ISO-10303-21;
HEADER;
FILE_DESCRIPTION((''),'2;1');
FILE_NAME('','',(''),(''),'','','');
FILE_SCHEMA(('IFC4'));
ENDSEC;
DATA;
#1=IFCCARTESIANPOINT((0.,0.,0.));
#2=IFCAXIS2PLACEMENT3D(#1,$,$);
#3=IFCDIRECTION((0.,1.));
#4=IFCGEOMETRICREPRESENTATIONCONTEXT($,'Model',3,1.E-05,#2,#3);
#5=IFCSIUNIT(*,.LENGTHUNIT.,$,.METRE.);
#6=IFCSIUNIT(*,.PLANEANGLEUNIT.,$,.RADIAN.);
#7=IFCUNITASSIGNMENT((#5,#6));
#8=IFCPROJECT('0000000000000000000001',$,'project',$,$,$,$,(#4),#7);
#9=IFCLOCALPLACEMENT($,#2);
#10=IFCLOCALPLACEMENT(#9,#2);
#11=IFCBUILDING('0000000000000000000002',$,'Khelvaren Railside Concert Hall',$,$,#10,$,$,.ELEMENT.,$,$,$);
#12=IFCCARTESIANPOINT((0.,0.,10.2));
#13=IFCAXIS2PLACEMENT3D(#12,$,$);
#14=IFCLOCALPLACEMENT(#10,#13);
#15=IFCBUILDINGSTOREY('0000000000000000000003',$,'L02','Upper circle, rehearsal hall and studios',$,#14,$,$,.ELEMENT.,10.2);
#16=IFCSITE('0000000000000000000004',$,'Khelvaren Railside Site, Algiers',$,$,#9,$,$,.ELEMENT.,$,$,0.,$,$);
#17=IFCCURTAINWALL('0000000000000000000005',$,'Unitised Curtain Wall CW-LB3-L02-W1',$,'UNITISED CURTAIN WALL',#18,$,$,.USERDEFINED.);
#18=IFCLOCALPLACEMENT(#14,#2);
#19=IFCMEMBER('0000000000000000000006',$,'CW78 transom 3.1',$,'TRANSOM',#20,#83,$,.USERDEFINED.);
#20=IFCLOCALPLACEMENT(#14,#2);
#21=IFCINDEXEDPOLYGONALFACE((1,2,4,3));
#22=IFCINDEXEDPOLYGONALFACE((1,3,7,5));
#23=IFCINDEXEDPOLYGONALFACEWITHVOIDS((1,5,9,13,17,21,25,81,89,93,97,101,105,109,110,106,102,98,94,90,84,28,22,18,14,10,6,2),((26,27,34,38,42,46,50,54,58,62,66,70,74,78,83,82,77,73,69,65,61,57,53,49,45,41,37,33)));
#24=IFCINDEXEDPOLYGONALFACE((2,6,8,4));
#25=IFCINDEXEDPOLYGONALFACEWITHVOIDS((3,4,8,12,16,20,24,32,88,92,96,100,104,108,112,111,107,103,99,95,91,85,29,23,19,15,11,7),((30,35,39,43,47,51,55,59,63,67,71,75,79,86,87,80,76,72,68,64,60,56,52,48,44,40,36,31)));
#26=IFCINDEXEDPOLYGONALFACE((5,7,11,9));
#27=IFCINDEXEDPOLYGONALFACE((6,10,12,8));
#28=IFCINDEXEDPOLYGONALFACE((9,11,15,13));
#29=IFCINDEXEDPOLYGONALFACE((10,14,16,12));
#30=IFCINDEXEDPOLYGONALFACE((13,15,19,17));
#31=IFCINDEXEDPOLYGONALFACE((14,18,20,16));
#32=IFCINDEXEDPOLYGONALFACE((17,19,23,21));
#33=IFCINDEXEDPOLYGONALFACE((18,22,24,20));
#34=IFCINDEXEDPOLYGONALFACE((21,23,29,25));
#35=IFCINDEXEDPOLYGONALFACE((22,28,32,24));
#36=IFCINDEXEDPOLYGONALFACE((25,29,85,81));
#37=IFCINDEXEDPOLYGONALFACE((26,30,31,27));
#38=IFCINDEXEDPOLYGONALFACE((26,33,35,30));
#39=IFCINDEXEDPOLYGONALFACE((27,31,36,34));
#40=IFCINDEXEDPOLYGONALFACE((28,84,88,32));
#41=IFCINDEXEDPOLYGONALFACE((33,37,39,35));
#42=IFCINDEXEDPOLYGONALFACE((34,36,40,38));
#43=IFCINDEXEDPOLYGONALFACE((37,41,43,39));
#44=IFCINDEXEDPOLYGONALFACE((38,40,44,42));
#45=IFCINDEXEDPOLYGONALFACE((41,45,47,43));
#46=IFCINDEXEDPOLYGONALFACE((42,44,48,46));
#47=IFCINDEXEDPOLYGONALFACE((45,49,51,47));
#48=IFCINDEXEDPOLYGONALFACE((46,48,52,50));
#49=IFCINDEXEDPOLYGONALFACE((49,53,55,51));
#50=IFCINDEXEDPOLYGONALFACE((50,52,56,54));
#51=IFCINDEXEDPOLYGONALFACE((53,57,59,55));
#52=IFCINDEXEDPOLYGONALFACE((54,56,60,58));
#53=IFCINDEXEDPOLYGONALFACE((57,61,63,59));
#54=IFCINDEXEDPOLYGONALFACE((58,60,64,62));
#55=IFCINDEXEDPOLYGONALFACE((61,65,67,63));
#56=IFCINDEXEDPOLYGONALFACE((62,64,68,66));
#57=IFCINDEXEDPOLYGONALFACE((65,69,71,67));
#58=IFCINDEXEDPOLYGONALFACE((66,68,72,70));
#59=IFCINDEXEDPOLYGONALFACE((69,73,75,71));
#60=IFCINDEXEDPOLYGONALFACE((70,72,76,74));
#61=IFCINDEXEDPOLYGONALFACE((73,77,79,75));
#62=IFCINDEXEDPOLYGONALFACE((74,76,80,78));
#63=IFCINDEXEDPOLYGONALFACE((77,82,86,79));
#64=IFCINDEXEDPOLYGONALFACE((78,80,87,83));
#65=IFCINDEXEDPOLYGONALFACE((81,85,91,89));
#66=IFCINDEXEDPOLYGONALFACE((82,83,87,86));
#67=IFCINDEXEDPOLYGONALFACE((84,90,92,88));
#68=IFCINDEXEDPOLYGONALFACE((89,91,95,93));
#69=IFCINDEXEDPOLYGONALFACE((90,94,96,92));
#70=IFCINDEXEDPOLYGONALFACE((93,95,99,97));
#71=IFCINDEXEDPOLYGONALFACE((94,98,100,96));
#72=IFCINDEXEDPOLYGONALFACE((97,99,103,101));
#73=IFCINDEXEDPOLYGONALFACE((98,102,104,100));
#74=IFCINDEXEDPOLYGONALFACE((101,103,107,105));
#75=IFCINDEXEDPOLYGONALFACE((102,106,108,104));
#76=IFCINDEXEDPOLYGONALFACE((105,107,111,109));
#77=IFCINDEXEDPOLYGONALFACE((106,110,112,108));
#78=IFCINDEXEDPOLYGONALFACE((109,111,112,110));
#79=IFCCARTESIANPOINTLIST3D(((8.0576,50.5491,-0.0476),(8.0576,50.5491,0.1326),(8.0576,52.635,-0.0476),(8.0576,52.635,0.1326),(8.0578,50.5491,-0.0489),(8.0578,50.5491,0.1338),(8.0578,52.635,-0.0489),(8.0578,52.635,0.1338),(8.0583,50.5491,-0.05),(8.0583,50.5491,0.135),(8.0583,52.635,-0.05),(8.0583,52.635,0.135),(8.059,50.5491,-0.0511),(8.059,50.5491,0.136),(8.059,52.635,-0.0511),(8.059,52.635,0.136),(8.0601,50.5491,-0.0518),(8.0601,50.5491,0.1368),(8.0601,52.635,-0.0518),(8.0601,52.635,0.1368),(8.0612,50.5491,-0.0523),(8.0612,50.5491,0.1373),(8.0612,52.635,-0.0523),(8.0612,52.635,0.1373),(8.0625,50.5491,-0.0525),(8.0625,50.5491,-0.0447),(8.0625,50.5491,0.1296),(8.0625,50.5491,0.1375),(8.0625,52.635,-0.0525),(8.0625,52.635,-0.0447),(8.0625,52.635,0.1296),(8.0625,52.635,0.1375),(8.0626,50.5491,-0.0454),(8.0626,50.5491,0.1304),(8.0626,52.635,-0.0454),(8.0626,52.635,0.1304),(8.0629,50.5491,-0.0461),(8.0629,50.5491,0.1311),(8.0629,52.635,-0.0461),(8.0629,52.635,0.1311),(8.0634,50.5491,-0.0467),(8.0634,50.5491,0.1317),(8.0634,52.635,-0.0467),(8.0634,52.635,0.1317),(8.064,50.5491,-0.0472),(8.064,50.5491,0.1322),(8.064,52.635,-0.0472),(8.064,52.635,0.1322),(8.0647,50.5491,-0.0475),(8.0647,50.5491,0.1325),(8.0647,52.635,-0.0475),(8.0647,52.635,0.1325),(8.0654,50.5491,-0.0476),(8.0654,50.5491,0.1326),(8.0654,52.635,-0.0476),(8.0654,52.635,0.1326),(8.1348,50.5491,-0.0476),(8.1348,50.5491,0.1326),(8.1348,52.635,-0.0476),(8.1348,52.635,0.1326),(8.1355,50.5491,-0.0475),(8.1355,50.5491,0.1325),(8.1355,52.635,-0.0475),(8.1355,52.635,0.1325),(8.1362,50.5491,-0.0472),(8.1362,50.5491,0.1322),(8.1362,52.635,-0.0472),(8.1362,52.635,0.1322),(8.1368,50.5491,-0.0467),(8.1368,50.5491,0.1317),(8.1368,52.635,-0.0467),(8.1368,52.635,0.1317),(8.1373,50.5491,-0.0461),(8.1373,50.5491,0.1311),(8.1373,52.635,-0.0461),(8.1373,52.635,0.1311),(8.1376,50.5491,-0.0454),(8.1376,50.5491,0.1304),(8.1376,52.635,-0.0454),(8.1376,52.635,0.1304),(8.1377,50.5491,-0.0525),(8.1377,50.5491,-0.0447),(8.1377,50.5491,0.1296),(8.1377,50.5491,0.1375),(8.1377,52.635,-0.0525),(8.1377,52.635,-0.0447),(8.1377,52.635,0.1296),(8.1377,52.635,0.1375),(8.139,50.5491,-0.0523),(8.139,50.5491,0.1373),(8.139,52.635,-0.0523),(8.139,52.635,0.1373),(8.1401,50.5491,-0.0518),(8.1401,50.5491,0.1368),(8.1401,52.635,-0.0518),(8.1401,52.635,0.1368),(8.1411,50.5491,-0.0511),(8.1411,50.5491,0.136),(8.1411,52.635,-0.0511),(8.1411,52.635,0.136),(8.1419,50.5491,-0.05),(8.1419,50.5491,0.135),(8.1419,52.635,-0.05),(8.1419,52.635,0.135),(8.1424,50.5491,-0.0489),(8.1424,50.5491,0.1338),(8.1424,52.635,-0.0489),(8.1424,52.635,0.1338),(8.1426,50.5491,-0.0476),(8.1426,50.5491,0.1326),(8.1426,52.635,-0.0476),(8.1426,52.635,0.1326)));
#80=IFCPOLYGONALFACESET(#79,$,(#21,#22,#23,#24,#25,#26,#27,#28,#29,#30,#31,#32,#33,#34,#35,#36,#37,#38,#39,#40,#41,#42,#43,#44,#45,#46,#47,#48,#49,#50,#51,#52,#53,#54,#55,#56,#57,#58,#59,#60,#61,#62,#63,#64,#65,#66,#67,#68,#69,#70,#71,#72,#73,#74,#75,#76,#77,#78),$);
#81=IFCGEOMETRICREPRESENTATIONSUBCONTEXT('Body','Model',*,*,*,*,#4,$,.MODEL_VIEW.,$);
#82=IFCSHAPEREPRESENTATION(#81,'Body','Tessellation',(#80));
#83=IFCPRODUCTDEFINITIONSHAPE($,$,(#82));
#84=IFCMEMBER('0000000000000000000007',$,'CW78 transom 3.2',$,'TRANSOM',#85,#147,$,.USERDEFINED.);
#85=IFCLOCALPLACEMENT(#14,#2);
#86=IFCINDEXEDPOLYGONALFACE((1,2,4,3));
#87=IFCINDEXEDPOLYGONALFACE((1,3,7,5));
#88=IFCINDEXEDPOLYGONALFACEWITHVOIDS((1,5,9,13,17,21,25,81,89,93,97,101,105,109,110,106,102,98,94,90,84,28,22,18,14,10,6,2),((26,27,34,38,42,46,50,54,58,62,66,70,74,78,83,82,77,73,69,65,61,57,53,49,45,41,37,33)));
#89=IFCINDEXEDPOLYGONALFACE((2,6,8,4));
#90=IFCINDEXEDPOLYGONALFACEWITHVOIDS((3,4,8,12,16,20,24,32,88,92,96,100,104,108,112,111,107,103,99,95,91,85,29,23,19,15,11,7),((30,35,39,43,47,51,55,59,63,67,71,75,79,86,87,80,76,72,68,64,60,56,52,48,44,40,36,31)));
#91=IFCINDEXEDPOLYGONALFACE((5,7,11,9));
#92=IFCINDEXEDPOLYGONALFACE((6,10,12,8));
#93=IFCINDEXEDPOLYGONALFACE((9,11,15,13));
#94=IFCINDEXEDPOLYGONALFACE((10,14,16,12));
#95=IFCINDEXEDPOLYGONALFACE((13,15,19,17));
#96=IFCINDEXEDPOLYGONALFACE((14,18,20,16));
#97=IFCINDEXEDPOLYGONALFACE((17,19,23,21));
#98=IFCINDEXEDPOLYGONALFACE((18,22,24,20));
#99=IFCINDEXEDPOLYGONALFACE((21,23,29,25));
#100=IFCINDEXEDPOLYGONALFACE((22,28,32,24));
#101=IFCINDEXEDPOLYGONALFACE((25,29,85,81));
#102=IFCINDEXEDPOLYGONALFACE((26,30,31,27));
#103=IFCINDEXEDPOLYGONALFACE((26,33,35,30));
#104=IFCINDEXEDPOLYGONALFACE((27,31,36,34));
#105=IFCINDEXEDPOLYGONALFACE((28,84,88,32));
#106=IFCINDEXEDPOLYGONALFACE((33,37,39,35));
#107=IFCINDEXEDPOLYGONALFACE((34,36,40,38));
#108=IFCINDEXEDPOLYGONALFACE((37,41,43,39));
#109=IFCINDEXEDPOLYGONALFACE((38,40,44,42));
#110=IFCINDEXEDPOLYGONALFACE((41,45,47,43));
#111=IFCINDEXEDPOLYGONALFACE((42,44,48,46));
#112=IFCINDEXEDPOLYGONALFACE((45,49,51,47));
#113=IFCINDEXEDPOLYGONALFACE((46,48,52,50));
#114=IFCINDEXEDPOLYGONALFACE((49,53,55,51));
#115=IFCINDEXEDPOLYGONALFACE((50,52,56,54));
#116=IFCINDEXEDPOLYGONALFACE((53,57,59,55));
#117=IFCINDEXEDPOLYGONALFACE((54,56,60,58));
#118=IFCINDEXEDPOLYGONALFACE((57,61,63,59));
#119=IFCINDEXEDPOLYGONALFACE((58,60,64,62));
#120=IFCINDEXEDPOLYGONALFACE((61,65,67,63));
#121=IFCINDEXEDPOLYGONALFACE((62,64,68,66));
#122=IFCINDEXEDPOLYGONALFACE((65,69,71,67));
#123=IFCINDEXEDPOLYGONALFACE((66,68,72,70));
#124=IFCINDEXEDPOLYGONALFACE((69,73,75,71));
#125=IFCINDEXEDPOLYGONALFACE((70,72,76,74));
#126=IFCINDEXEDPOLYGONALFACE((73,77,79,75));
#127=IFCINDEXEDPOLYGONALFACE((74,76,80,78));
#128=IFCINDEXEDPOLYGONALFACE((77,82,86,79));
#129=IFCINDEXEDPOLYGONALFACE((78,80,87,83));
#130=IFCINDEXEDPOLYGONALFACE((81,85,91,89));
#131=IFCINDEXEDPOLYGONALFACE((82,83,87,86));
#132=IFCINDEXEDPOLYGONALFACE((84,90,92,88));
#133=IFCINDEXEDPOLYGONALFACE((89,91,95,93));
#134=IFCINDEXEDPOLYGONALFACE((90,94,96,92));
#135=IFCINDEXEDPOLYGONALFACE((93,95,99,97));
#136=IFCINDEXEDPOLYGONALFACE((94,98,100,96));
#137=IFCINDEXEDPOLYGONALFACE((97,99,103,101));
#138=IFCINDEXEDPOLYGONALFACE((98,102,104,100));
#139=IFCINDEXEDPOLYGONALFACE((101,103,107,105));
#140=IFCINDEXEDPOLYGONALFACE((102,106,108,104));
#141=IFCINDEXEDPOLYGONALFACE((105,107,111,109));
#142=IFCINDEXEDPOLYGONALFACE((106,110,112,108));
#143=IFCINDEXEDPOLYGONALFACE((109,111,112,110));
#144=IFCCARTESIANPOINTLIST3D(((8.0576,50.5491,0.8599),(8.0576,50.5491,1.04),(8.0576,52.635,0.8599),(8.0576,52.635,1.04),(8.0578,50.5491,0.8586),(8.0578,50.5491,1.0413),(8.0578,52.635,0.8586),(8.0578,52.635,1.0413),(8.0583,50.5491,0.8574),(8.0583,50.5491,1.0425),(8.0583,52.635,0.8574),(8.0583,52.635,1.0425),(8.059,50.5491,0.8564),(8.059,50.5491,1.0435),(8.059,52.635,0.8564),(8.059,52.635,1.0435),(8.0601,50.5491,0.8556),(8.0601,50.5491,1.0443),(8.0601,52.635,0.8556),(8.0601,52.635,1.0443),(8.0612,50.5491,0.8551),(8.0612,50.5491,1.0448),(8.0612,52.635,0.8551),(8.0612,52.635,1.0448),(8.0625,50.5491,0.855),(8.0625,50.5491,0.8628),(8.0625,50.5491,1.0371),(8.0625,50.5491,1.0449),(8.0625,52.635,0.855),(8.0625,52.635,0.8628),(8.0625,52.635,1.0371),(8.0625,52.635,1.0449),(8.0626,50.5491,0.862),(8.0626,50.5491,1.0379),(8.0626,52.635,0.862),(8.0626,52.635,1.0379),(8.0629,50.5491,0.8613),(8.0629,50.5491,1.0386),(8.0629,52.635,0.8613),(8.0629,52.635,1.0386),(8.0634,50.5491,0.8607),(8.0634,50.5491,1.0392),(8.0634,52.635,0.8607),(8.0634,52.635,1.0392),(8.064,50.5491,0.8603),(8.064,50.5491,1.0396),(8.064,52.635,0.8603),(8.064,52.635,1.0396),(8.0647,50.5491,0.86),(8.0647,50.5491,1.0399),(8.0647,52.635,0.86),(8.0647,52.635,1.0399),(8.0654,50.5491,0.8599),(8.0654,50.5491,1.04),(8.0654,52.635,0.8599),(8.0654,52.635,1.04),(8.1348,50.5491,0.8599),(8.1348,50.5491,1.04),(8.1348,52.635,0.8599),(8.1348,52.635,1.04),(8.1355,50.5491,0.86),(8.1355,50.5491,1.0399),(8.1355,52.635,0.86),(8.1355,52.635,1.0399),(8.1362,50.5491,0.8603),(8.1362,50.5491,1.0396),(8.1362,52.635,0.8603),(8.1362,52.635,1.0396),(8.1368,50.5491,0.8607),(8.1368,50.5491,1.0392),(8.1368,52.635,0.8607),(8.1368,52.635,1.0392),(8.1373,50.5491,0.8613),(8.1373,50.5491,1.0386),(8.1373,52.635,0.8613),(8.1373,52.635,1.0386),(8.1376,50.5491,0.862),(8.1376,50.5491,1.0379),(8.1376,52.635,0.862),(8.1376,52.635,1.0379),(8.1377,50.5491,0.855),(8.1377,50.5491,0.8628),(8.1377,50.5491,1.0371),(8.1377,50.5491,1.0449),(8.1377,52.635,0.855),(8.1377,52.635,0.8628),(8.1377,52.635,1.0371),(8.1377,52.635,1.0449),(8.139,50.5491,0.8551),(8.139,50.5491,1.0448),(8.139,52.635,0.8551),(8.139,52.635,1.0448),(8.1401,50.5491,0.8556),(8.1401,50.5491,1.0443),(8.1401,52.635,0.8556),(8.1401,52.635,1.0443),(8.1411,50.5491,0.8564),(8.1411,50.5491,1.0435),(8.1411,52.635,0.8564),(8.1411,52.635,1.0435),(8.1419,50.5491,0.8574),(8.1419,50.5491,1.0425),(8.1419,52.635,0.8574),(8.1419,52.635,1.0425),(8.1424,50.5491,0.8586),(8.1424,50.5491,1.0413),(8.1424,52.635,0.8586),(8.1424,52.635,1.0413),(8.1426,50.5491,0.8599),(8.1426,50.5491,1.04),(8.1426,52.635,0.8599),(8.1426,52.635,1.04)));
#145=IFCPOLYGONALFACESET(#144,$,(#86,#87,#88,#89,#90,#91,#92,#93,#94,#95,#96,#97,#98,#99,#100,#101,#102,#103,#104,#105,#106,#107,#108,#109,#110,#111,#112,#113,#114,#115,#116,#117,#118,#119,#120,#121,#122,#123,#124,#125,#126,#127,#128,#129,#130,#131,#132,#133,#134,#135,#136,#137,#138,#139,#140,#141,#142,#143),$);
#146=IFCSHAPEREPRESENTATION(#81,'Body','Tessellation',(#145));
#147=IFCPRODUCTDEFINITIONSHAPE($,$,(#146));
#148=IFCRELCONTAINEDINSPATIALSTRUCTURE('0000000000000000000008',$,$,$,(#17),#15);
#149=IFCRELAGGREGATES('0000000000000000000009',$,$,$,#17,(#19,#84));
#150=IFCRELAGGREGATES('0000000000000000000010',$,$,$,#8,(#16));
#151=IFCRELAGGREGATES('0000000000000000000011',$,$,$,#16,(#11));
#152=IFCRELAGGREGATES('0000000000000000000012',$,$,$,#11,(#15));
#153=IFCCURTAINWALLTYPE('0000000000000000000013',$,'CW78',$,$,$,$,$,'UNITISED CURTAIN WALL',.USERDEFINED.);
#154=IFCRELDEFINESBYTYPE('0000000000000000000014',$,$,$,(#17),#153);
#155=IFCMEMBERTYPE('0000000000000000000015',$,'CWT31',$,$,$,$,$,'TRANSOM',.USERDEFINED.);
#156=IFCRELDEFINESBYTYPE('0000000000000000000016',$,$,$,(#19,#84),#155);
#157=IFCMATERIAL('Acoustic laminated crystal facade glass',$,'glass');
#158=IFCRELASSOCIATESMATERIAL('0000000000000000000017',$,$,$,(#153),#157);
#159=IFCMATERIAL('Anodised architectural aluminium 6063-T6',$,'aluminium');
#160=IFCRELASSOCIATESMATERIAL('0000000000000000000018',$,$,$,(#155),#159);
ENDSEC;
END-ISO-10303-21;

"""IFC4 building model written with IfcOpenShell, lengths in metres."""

from ifc_helpers import new_model, si_unit, direction, frame, origin, origin_2d, place, context, subcontext, project, spatial, hollow_rectangle, extrude, material, material_profile, profile_set, type_object, element, aggregate, save


model = new_model("IFC4")

# Units and contexts
model_context = context("Model", 3, precision=1e-05, world=origin(), true_north=direction((0.0, 1.0)))
body_context = subcontext(model_context, "Body", "Model", "MODEL_VIEW")
ifc_project = project(units=[si_unit("LENGTHUNIT", "METRE"), si_unit("PLANEANGLEUNIT", "RADIAN")], contexts=[model_context])

# Site, building, storey
site_placement = place(None, origin())
site = spatial("IfcSite", under=ifc_project, at=site_placement, Name="Khelvaren Railside Site, Algiers", CompositionType="ELEMENT", RefElevation=0.0)
building_placement = place(site_placement, origin())
building = spatial("IfcBuilding", under=site, at=building_placement, Name="Khelvaren Railside Concert Hall", CompositionType="ELEMENT")
storey_placement = place(building_placement, frame((0.0, 0.0, 10.2)))
storey = spatial("IfcBuildingStorey", under=building, at=storey_placement, Name="L02", Description="Upper circle, rehearsal hall and studios", CompositionType="ELEMENT", Elevation=10.2)

# Curtain wall
ifc_material_1 = material(Name="Acoustic laminated crystal facade glass", Category="glass")
curtain_wall_type = type_object("IfcCurtainWallType", Name="CW78", ElementType="UNITISED CURTAIN WALL", PredefinedType="USERDEFINED", material=ifc_material_1)
curtain_wall_1_placement = place(storey_placement, origin())
curtain_wall_1 = element("IfcCurtainWall", 1, at=curtain_wall_1_placement, inside=storey, type_object=curtain_wall_type, Name="Unitised Curtain Wall CW-LB3-L02-W1", ObjectType="UNITISED CURTAIN WALL", PredefinedType="USERDEFINED")
ifc_material_2 = material(Name="Anodised architectural aluminium 6063-T6", Category="aluminium")

# Members
ifc_material_profile_1 = material_profile(ifc_material_2, hollow_rectangle(XDim=0.085, YDim=0.1899, WallThickness=0.0049, InnerFilletRadius=0.0029, OuterFilletRadius=0.0049, at=origin_2d()), Name="CWT 85x190x5")
ifc_profile_set_1 = profile_set([ifc_material_profile_1], Name="Anodised architectural aluminium 6063-T6")
member_type_1 = type_object("IfcMemberType", Name="CWT31", ElementType="TRANSOM", PredefinedType="USERDEFINED", material=ifc_profile_set_1)
member_1_placement = place(storey_placement, frame((8.1001, 50.5491, 0.0425), z_axis=(0.0, 1.0, 0.0), x_axis=(-1.0, 0.0, 0.0)))
member_1 = element("IfcMember", 2, at=member_1_placement, type_object=member_type_1, Name="CW78 transom 3.1", ObjectType="TRANSOM", PredefinedType="USERDEFINED", context=body_context, shape_type="SweptSolid", body=[
    extrude(hollow_rectangle(XDim=0.085, YDim=0.1899, WallThickness=0.0049, InnerFilletRadius=0.0029, OuterFilletRadius=0.0049, at=origin_2d()), origin(), (0.0, 0.0, 1.0), 2.0859),
])
member_2_placement = place(storey_placement, frame((8.1001, 50.5491, 0.95), z_axis=(0.0, 1.0, 0.0), x_axis=(-1.0, 0.0, 0.0)))
member_2 = element("IfcMember", 3, at=member_2_placement, type_object=member_type_1, Name="CW78 transom 3.2", ObjectType="TRANSOM", PredefinedType="USERDEFINED", context=body_context, shape_type="SweptSolid", body=[
    extrude(hollow_rectangle(XDim=0.085, YDim=0.1899, WallThickness=0.0049, InnerFilletRadius=0.0029, OuterFilletRadius=0.0049, at=origin_2d()), origin(), (0.0, 0.0, 1.0), 2.0859),
])

aggregate(curtain_wall_1, [member_1, member_2])

save(model, "model.ifc")
